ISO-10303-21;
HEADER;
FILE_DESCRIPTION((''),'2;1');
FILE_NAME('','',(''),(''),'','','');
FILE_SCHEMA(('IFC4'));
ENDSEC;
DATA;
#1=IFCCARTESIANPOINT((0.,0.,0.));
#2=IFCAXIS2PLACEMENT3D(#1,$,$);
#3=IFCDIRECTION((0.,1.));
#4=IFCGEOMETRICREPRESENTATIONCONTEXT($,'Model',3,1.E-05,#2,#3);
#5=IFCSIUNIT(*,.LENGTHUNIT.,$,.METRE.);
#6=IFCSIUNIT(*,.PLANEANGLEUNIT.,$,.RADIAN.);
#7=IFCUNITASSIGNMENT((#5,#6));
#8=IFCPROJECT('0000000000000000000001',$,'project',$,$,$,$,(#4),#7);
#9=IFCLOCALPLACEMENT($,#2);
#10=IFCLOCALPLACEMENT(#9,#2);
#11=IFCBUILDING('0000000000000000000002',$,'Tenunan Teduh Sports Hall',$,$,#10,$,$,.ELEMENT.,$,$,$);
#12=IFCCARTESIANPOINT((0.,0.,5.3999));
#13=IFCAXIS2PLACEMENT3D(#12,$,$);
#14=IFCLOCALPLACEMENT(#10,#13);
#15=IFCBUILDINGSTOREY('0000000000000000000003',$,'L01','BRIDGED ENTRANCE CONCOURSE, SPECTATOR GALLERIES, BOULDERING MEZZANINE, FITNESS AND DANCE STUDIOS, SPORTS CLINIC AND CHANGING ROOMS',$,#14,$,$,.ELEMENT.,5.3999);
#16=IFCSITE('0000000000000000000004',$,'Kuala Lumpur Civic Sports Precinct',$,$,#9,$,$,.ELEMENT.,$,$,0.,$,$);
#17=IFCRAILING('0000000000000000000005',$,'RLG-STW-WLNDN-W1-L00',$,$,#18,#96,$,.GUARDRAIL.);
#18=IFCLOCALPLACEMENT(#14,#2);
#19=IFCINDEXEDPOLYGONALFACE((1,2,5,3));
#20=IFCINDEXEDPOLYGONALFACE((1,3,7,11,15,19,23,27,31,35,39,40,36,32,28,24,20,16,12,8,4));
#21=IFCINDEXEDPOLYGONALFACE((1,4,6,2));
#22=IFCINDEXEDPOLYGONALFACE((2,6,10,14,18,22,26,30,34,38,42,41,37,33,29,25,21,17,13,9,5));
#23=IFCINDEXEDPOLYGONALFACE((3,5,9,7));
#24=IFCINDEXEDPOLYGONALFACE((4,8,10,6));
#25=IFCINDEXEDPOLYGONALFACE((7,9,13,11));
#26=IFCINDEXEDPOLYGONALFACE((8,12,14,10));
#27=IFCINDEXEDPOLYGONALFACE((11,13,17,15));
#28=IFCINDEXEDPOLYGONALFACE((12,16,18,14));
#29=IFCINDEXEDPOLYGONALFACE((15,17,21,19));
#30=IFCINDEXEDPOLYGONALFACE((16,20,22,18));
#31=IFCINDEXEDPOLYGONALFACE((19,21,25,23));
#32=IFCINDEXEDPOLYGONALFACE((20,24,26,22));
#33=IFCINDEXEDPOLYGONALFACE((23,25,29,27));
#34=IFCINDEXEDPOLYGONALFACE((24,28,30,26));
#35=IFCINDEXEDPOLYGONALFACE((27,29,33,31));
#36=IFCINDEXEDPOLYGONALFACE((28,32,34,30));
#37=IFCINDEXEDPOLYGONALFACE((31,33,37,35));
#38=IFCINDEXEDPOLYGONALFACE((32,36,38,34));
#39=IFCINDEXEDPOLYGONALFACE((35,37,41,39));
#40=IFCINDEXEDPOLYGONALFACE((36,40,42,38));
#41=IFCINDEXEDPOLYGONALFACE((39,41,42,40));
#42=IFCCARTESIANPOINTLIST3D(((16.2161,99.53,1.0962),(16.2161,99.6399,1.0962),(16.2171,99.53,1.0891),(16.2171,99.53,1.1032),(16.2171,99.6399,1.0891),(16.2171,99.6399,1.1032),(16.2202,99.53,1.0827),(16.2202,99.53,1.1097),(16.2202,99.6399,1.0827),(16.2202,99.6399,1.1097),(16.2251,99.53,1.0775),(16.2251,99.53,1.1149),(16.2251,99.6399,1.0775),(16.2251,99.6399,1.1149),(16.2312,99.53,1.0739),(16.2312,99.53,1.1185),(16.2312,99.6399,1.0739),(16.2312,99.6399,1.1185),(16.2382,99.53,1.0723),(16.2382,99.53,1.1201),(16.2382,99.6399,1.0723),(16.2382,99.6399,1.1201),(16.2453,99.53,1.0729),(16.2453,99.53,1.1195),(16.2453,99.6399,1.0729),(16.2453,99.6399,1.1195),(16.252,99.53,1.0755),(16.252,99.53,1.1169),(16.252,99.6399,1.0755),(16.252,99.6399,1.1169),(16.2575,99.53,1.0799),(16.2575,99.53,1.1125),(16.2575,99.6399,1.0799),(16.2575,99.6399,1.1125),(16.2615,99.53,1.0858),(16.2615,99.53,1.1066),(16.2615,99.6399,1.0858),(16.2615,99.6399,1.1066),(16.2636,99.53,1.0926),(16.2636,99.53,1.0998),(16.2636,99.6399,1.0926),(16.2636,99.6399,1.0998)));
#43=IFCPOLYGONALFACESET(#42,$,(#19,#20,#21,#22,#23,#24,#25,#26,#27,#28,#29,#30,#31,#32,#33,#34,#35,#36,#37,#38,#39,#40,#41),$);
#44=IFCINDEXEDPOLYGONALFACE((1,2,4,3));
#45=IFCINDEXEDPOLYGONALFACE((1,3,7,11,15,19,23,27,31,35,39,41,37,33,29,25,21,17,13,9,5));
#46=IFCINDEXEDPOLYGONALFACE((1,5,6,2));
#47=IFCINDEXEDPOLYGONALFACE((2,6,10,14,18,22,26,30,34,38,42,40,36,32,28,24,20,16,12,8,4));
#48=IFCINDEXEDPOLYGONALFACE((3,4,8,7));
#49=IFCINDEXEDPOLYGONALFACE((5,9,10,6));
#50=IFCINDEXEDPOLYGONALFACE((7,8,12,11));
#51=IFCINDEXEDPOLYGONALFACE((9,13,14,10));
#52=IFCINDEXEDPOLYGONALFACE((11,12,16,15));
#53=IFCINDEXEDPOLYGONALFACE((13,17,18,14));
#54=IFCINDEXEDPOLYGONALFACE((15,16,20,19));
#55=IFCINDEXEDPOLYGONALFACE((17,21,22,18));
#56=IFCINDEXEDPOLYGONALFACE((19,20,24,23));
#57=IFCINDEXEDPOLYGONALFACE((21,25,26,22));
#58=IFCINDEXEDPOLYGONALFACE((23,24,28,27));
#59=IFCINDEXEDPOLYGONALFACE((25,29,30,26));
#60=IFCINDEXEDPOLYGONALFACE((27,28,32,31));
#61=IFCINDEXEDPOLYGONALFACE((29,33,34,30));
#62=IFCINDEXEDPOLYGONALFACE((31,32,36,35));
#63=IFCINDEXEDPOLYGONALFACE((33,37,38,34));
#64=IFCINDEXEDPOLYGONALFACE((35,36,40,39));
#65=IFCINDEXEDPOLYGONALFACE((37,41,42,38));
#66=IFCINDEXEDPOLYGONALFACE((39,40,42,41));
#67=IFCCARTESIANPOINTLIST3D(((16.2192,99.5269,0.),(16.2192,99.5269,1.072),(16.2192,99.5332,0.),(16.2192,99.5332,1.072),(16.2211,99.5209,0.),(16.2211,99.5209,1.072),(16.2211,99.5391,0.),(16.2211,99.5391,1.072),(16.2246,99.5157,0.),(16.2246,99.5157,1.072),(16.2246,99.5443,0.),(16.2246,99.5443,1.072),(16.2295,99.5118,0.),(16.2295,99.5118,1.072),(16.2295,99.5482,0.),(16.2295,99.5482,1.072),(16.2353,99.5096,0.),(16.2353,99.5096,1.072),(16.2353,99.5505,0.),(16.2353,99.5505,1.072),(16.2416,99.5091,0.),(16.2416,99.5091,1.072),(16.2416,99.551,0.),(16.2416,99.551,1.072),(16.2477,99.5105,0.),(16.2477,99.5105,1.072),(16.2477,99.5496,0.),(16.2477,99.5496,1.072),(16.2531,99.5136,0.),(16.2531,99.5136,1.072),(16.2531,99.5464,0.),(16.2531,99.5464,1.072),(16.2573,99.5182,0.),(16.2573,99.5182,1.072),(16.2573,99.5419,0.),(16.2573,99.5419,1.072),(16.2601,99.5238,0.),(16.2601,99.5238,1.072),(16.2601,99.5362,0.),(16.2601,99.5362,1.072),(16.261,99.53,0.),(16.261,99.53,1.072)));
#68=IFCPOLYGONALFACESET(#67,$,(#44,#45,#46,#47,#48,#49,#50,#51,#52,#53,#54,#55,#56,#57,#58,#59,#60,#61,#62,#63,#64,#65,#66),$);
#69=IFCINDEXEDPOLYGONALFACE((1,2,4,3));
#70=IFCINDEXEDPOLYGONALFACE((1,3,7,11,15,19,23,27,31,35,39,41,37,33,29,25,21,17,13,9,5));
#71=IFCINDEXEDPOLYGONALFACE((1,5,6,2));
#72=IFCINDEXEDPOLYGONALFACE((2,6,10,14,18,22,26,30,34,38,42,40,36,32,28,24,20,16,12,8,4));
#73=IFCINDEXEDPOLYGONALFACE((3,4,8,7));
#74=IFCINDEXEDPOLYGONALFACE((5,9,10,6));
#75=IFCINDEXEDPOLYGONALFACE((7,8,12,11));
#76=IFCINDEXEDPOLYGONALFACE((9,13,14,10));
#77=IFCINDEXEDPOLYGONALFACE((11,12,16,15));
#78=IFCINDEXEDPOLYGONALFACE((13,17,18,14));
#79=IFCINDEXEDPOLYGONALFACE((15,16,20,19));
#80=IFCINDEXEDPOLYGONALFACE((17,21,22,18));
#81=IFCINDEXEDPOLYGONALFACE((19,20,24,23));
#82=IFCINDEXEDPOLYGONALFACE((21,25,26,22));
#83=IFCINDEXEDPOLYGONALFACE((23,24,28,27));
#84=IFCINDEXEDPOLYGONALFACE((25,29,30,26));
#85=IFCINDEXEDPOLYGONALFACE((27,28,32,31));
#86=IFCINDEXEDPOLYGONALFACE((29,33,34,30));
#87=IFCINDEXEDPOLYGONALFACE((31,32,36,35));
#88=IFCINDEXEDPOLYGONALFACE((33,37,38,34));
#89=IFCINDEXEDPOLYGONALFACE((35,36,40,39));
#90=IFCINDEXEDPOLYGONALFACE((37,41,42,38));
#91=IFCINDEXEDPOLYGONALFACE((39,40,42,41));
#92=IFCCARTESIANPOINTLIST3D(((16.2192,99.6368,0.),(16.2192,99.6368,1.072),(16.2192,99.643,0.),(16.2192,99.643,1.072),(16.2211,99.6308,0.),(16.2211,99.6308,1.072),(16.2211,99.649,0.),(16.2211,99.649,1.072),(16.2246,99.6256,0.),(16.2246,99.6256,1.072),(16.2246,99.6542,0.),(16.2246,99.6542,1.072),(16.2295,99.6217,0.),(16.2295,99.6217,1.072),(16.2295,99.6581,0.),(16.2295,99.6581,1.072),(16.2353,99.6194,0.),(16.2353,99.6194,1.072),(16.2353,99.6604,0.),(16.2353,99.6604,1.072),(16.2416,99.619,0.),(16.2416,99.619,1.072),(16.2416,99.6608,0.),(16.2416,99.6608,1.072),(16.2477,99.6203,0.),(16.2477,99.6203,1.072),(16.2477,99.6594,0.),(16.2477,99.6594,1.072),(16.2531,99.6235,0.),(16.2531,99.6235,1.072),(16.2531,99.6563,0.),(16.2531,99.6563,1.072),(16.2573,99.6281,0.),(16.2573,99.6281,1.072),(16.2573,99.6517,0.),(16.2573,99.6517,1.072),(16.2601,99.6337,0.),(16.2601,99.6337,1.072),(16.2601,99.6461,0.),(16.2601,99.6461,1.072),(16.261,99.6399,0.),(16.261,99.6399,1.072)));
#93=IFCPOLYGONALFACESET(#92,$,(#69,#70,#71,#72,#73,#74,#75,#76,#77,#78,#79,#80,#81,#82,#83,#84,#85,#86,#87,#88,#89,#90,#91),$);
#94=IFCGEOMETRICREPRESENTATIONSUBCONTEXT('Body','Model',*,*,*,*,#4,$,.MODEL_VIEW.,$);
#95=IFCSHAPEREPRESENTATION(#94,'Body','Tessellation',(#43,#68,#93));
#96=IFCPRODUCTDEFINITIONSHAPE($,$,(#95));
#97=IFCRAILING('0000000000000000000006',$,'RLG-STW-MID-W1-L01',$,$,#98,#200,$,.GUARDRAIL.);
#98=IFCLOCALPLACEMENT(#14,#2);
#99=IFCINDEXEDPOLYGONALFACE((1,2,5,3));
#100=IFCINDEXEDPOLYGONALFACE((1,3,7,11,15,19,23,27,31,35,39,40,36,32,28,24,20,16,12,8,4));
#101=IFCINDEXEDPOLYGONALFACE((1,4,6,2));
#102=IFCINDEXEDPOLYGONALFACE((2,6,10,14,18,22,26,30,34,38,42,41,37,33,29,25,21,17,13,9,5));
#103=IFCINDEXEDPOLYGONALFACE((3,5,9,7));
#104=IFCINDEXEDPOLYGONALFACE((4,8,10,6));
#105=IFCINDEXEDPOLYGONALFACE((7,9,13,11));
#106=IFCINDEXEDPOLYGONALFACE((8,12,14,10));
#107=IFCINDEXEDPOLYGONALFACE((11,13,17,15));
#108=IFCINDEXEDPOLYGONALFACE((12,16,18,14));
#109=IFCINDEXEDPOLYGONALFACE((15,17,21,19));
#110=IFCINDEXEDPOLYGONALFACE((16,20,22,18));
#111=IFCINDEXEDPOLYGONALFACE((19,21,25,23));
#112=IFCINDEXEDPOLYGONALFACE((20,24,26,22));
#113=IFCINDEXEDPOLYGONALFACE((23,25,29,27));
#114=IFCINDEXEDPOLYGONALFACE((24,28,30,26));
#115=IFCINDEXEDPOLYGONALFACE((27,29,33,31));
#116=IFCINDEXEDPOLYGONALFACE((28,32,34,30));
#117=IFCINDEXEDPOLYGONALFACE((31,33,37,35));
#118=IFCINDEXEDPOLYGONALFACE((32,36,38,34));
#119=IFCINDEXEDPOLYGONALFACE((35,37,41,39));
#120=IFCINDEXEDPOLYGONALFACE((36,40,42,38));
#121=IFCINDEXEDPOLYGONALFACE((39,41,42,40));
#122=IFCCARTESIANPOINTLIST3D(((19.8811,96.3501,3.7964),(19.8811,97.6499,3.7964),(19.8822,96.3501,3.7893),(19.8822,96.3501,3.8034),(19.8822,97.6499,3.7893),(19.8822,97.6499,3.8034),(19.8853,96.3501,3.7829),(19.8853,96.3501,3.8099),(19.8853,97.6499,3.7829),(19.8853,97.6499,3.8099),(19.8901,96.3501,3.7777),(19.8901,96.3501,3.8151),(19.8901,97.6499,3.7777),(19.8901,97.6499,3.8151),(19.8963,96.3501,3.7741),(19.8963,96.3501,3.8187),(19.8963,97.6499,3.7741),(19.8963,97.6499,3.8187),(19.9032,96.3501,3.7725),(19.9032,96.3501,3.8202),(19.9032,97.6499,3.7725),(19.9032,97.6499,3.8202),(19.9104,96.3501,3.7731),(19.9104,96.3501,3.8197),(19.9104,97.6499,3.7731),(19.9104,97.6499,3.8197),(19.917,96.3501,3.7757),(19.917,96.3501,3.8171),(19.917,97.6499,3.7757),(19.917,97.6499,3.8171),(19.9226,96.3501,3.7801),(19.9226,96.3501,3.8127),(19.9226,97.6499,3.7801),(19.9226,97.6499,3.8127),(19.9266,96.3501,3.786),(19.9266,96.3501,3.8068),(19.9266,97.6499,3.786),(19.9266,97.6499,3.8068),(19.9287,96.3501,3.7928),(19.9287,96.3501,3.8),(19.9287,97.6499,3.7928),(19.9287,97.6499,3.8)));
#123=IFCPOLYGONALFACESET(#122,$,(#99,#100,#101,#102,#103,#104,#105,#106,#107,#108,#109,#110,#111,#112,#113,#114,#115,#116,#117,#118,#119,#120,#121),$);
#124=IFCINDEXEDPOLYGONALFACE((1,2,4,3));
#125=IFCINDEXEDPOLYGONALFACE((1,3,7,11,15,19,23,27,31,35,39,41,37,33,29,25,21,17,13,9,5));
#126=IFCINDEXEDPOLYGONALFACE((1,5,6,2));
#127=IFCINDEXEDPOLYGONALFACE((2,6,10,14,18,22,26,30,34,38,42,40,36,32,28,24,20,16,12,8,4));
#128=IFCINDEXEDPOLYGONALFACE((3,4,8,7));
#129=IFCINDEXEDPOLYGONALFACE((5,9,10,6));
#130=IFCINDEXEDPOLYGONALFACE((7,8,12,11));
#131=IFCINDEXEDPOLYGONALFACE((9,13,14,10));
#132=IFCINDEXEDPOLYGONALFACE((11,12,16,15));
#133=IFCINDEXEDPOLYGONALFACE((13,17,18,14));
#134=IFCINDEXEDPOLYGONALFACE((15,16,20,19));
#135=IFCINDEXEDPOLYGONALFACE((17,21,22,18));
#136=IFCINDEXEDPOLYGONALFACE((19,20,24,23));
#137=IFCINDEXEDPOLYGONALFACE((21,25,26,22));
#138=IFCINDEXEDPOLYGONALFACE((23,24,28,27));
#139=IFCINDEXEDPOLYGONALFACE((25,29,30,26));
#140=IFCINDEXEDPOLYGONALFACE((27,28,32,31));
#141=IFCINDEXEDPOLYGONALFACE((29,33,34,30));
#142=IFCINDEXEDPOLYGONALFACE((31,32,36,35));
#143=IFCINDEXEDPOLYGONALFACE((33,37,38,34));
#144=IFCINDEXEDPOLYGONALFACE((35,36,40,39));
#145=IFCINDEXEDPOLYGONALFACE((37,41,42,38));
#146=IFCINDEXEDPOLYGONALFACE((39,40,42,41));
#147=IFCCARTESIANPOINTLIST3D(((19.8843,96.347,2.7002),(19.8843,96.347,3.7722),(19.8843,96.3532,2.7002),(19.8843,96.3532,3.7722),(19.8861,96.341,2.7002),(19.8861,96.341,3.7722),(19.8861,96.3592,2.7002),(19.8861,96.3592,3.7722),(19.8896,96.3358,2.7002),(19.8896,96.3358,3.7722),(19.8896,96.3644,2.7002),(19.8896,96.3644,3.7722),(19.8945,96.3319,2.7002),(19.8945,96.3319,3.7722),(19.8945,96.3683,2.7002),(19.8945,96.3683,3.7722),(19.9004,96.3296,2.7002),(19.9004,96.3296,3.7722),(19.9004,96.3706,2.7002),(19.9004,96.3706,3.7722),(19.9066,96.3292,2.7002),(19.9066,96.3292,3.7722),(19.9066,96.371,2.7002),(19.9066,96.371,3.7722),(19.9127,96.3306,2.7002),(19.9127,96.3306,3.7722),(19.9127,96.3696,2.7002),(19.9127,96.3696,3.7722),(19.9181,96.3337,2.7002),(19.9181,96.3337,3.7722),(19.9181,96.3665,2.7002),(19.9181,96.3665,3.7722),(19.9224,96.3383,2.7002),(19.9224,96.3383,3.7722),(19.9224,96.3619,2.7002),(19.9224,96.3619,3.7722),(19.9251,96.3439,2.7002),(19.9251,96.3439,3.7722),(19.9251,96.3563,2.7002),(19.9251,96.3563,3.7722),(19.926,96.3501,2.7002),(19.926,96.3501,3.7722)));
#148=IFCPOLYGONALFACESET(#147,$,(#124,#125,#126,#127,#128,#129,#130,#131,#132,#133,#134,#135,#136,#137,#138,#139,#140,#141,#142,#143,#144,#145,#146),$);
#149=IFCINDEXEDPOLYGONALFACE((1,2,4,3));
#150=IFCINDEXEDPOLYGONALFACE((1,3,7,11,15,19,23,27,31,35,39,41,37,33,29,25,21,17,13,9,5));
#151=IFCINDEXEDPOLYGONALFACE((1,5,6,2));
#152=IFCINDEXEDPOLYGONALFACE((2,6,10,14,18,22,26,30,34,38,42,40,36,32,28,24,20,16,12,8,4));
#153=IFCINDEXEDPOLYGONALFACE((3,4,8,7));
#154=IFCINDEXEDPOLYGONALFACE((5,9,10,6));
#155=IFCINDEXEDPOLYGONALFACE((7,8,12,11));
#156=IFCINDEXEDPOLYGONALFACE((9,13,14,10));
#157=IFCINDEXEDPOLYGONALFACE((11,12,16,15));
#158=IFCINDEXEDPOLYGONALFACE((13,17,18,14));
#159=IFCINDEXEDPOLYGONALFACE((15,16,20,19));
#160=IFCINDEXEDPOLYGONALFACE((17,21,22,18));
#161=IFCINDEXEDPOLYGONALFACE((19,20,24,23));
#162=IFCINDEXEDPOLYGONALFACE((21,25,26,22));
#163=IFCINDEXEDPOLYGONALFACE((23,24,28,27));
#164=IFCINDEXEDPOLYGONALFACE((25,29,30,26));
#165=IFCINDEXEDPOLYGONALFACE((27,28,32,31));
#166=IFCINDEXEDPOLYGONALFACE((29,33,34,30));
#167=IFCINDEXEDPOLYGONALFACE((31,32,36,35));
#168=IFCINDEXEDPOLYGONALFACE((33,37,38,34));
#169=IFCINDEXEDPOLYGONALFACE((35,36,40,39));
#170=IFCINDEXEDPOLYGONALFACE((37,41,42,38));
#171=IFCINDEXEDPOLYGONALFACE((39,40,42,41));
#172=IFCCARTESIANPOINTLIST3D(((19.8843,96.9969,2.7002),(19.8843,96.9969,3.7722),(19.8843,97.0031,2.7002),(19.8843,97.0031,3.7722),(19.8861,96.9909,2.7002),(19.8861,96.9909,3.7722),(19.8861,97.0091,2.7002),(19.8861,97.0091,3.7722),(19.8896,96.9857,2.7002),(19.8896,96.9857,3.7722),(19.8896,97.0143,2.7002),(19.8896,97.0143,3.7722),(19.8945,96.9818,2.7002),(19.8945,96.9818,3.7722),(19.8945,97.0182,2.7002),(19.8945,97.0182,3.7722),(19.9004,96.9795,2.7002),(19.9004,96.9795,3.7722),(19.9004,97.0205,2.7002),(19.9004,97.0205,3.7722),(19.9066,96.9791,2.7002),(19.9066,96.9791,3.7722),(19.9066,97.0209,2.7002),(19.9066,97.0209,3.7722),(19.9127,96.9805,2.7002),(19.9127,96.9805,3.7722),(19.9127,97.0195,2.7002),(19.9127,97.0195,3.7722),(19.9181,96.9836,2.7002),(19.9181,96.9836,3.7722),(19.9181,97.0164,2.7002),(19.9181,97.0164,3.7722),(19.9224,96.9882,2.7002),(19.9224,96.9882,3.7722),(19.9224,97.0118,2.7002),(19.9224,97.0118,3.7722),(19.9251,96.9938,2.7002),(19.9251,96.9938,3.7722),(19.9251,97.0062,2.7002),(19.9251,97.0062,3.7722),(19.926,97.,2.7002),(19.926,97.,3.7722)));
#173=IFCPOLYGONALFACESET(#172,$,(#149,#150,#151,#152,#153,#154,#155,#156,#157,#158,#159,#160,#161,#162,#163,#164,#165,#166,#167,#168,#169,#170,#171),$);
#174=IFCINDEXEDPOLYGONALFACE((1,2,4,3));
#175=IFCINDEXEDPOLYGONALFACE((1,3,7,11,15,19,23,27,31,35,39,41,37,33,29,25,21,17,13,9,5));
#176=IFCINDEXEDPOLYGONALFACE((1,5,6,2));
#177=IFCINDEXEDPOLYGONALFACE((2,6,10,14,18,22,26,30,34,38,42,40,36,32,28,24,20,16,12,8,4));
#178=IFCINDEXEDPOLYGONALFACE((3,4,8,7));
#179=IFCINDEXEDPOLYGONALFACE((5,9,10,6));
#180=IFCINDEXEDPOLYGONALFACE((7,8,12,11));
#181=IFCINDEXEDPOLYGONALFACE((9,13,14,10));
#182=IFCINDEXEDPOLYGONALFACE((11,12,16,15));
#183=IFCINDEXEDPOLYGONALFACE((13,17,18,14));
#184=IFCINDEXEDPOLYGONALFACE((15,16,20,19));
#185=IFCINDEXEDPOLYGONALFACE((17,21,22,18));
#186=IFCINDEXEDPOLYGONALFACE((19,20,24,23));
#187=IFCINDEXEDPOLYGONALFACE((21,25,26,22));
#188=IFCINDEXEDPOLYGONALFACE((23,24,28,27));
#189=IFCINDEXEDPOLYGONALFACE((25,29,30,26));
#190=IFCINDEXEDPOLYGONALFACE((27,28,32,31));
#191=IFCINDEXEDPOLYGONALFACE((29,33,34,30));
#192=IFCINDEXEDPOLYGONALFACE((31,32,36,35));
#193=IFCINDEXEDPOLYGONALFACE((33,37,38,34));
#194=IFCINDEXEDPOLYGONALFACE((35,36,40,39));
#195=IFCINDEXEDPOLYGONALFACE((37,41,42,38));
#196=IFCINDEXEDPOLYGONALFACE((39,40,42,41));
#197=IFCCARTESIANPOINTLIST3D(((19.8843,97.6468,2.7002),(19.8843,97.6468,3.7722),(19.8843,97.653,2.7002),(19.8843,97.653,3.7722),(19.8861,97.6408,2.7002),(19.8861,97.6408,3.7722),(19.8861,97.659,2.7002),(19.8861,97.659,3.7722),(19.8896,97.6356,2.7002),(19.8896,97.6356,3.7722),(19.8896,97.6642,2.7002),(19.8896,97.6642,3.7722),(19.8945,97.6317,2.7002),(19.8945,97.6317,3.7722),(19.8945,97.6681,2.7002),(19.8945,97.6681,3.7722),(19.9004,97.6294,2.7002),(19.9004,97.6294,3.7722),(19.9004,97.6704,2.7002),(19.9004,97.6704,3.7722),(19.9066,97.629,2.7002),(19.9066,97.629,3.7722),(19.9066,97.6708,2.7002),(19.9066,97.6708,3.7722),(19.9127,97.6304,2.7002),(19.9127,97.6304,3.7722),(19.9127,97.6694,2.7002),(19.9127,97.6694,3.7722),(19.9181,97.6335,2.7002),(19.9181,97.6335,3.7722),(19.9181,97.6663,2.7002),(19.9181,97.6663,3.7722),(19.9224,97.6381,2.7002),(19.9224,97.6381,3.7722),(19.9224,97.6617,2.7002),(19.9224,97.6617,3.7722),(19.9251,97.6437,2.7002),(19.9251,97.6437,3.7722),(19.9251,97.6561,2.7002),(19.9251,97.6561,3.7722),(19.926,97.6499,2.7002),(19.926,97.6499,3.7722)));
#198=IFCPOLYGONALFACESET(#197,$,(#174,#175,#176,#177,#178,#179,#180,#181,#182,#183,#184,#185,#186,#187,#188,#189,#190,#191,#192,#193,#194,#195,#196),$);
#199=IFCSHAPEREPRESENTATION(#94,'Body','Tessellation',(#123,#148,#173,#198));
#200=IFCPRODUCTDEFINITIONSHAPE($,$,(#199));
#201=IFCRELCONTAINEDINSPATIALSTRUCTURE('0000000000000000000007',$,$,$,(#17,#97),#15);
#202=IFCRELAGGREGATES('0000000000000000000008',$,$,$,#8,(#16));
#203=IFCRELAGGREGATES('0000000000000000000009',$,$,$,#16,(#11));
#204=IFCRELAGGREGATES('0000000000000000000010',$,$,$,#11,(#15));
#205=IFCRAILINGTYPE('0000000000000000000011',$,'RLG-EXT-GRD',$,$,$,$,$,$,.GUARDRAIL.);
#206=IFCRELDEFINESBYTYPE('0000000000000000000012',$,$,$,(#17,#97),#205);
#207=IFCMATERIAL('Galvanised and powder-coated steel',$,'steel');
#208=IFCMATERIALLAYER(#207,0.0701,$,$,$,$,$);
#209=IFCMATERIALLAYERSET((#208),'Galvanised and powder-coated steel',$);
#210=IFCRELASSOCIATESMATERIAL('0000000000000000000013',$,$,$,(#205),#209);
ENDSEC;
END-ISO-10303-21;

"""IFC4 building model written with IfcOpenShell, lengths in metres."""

from ifc_helpers import new_model, si_unit, direction, frame, origin, origin_2d, place, context, subcontext, project, spatial, circle, extrude, material, layer, layer_set, type_object, element, save


model = new_model("IFC4")

# Units and contexts
model_context = context("Model", 3, precision=1e-05, world=origin(), true_north=direction((0.0, 1.0)))
body_context = subcontext(model_context, "Body", "Model", "MODEL_VIEW")
ifc_project = project(units=[si_unit("LENGTHUNIT", "METRE"), si_unit("PLANEANGLEUNIT", "RADIAN")], contexts=[model_context])

# Site, building, storey
site_placement = place(None, origin())
site = spatial("IfcSite", under=ifc_project, at=site_placement, Name="Kuala Lumpur Civic Sports Precinct", CompositionType="ELEMENT", RefElevation=0.0)
building_placement = place(site_placement, origin())
building = spatial("IfcBuilding", under=site, at=building_placement, Name="Tenunan Teduh Sports Hall", CompositionType="ELEMENT")
storey_placement = place(building_placement, frame((0.0, 0.0, 5.3999)))
storey = spatial("IfcBuildingStorey", under=building, at=storey_placement, Name="L01", Description="BRIDGED ENTRANCE CONCOURSE, SPECTATOR GALLERIES, BOULDERING MEZZANINE, FITNESS AND DANCE STUDIOS, SPORTS CLINIC AND CHANGING ROOMS", CompositionType="ELEMENT", Elevation=5.3999)

# Railings
ifc_material_1 = material(Name="Galvanised and powder-coated steel", Category="steel")
ifc_layer_1 = layer(ifc_material_1, 0.0701)
ifc_layer_set_1 = layer_set([ifc_layer_1], Name="Galvanised and powder-coated steel")
railing_type_1 = type_object("IfcRailingType", Name="RLG-EXT-GRD", PredefinedType="GUARDRAIL", material=ifc_layer_set_1)
for number, where, name in (
    (1, (16.24, 99.53, 0.0), "RLG-STW-WLNDN-W1-L00"),
):
    element("IfcRailing", number, at=place(storey_placement, frame(where)), inside=storey, type_object=railing_type_1, Name=name, PredefinedType="GUARDRAIL", context=body_context, shape_type="SweptSolid", body=[
        extrude(circle(Radius=0.0239, at=origin_2d()), frame((0.0, 0.0, 1.0962), z_axis=(0.0, 1.0, 0.0), x_axis=(-1.0, 0.0, 0.0)), (0.0, 0.0, 1.0), 0.1099),
        extrude(circle(Radius=0.021, at=origin_2d()), origin(), (0.0, 0.0, 1.0), 1.072),
        extrude(circle(Radius=0.021, at=origin_2d()), frame((0.0, 0.1099, 0.0)), (0.0, 0.0, 1.0), 1.072),
    ])
railing_1_placement = place(storey_placement, frame((19.905, 96.3501, 2.7002)))
element("IfcRailing", 2, at=railing_1_placement, inside=storey, type_object=railing_type_1, Name="RLG-STW-MID-W1-L01", PredefinedType="GUARDRAIL", context=body_context, shape_type="SweptSolid", body=[
    extrude(circle(Radius=0.0239, at=origin_2d()), frame((0.0, 0.0, 1.0962), z_axis=(0.0, 1.0, 0.0), x_axis=(-1.0, 0.0, 0.0)), (0.0, 0.0, 1.0), 1.2998),
    extrude(circle(Radius=0.021, at=origin_2d()), origin(), (0.0, 0.0, 1.0), 1.072),
    extrude(circle(Radius=0.021, at=origin_2d()), frame((0.0, 0.6499, 0.0)), (0.0, 0.0, 1.0), 1.072),
    extrude(circle(Radius=0.021, at=origin_2d()), frame((0.0, 1.2998, 0.0)), (0.0, 0.0, 1.0), 1.072),
])

save(model, "model.ifc")
